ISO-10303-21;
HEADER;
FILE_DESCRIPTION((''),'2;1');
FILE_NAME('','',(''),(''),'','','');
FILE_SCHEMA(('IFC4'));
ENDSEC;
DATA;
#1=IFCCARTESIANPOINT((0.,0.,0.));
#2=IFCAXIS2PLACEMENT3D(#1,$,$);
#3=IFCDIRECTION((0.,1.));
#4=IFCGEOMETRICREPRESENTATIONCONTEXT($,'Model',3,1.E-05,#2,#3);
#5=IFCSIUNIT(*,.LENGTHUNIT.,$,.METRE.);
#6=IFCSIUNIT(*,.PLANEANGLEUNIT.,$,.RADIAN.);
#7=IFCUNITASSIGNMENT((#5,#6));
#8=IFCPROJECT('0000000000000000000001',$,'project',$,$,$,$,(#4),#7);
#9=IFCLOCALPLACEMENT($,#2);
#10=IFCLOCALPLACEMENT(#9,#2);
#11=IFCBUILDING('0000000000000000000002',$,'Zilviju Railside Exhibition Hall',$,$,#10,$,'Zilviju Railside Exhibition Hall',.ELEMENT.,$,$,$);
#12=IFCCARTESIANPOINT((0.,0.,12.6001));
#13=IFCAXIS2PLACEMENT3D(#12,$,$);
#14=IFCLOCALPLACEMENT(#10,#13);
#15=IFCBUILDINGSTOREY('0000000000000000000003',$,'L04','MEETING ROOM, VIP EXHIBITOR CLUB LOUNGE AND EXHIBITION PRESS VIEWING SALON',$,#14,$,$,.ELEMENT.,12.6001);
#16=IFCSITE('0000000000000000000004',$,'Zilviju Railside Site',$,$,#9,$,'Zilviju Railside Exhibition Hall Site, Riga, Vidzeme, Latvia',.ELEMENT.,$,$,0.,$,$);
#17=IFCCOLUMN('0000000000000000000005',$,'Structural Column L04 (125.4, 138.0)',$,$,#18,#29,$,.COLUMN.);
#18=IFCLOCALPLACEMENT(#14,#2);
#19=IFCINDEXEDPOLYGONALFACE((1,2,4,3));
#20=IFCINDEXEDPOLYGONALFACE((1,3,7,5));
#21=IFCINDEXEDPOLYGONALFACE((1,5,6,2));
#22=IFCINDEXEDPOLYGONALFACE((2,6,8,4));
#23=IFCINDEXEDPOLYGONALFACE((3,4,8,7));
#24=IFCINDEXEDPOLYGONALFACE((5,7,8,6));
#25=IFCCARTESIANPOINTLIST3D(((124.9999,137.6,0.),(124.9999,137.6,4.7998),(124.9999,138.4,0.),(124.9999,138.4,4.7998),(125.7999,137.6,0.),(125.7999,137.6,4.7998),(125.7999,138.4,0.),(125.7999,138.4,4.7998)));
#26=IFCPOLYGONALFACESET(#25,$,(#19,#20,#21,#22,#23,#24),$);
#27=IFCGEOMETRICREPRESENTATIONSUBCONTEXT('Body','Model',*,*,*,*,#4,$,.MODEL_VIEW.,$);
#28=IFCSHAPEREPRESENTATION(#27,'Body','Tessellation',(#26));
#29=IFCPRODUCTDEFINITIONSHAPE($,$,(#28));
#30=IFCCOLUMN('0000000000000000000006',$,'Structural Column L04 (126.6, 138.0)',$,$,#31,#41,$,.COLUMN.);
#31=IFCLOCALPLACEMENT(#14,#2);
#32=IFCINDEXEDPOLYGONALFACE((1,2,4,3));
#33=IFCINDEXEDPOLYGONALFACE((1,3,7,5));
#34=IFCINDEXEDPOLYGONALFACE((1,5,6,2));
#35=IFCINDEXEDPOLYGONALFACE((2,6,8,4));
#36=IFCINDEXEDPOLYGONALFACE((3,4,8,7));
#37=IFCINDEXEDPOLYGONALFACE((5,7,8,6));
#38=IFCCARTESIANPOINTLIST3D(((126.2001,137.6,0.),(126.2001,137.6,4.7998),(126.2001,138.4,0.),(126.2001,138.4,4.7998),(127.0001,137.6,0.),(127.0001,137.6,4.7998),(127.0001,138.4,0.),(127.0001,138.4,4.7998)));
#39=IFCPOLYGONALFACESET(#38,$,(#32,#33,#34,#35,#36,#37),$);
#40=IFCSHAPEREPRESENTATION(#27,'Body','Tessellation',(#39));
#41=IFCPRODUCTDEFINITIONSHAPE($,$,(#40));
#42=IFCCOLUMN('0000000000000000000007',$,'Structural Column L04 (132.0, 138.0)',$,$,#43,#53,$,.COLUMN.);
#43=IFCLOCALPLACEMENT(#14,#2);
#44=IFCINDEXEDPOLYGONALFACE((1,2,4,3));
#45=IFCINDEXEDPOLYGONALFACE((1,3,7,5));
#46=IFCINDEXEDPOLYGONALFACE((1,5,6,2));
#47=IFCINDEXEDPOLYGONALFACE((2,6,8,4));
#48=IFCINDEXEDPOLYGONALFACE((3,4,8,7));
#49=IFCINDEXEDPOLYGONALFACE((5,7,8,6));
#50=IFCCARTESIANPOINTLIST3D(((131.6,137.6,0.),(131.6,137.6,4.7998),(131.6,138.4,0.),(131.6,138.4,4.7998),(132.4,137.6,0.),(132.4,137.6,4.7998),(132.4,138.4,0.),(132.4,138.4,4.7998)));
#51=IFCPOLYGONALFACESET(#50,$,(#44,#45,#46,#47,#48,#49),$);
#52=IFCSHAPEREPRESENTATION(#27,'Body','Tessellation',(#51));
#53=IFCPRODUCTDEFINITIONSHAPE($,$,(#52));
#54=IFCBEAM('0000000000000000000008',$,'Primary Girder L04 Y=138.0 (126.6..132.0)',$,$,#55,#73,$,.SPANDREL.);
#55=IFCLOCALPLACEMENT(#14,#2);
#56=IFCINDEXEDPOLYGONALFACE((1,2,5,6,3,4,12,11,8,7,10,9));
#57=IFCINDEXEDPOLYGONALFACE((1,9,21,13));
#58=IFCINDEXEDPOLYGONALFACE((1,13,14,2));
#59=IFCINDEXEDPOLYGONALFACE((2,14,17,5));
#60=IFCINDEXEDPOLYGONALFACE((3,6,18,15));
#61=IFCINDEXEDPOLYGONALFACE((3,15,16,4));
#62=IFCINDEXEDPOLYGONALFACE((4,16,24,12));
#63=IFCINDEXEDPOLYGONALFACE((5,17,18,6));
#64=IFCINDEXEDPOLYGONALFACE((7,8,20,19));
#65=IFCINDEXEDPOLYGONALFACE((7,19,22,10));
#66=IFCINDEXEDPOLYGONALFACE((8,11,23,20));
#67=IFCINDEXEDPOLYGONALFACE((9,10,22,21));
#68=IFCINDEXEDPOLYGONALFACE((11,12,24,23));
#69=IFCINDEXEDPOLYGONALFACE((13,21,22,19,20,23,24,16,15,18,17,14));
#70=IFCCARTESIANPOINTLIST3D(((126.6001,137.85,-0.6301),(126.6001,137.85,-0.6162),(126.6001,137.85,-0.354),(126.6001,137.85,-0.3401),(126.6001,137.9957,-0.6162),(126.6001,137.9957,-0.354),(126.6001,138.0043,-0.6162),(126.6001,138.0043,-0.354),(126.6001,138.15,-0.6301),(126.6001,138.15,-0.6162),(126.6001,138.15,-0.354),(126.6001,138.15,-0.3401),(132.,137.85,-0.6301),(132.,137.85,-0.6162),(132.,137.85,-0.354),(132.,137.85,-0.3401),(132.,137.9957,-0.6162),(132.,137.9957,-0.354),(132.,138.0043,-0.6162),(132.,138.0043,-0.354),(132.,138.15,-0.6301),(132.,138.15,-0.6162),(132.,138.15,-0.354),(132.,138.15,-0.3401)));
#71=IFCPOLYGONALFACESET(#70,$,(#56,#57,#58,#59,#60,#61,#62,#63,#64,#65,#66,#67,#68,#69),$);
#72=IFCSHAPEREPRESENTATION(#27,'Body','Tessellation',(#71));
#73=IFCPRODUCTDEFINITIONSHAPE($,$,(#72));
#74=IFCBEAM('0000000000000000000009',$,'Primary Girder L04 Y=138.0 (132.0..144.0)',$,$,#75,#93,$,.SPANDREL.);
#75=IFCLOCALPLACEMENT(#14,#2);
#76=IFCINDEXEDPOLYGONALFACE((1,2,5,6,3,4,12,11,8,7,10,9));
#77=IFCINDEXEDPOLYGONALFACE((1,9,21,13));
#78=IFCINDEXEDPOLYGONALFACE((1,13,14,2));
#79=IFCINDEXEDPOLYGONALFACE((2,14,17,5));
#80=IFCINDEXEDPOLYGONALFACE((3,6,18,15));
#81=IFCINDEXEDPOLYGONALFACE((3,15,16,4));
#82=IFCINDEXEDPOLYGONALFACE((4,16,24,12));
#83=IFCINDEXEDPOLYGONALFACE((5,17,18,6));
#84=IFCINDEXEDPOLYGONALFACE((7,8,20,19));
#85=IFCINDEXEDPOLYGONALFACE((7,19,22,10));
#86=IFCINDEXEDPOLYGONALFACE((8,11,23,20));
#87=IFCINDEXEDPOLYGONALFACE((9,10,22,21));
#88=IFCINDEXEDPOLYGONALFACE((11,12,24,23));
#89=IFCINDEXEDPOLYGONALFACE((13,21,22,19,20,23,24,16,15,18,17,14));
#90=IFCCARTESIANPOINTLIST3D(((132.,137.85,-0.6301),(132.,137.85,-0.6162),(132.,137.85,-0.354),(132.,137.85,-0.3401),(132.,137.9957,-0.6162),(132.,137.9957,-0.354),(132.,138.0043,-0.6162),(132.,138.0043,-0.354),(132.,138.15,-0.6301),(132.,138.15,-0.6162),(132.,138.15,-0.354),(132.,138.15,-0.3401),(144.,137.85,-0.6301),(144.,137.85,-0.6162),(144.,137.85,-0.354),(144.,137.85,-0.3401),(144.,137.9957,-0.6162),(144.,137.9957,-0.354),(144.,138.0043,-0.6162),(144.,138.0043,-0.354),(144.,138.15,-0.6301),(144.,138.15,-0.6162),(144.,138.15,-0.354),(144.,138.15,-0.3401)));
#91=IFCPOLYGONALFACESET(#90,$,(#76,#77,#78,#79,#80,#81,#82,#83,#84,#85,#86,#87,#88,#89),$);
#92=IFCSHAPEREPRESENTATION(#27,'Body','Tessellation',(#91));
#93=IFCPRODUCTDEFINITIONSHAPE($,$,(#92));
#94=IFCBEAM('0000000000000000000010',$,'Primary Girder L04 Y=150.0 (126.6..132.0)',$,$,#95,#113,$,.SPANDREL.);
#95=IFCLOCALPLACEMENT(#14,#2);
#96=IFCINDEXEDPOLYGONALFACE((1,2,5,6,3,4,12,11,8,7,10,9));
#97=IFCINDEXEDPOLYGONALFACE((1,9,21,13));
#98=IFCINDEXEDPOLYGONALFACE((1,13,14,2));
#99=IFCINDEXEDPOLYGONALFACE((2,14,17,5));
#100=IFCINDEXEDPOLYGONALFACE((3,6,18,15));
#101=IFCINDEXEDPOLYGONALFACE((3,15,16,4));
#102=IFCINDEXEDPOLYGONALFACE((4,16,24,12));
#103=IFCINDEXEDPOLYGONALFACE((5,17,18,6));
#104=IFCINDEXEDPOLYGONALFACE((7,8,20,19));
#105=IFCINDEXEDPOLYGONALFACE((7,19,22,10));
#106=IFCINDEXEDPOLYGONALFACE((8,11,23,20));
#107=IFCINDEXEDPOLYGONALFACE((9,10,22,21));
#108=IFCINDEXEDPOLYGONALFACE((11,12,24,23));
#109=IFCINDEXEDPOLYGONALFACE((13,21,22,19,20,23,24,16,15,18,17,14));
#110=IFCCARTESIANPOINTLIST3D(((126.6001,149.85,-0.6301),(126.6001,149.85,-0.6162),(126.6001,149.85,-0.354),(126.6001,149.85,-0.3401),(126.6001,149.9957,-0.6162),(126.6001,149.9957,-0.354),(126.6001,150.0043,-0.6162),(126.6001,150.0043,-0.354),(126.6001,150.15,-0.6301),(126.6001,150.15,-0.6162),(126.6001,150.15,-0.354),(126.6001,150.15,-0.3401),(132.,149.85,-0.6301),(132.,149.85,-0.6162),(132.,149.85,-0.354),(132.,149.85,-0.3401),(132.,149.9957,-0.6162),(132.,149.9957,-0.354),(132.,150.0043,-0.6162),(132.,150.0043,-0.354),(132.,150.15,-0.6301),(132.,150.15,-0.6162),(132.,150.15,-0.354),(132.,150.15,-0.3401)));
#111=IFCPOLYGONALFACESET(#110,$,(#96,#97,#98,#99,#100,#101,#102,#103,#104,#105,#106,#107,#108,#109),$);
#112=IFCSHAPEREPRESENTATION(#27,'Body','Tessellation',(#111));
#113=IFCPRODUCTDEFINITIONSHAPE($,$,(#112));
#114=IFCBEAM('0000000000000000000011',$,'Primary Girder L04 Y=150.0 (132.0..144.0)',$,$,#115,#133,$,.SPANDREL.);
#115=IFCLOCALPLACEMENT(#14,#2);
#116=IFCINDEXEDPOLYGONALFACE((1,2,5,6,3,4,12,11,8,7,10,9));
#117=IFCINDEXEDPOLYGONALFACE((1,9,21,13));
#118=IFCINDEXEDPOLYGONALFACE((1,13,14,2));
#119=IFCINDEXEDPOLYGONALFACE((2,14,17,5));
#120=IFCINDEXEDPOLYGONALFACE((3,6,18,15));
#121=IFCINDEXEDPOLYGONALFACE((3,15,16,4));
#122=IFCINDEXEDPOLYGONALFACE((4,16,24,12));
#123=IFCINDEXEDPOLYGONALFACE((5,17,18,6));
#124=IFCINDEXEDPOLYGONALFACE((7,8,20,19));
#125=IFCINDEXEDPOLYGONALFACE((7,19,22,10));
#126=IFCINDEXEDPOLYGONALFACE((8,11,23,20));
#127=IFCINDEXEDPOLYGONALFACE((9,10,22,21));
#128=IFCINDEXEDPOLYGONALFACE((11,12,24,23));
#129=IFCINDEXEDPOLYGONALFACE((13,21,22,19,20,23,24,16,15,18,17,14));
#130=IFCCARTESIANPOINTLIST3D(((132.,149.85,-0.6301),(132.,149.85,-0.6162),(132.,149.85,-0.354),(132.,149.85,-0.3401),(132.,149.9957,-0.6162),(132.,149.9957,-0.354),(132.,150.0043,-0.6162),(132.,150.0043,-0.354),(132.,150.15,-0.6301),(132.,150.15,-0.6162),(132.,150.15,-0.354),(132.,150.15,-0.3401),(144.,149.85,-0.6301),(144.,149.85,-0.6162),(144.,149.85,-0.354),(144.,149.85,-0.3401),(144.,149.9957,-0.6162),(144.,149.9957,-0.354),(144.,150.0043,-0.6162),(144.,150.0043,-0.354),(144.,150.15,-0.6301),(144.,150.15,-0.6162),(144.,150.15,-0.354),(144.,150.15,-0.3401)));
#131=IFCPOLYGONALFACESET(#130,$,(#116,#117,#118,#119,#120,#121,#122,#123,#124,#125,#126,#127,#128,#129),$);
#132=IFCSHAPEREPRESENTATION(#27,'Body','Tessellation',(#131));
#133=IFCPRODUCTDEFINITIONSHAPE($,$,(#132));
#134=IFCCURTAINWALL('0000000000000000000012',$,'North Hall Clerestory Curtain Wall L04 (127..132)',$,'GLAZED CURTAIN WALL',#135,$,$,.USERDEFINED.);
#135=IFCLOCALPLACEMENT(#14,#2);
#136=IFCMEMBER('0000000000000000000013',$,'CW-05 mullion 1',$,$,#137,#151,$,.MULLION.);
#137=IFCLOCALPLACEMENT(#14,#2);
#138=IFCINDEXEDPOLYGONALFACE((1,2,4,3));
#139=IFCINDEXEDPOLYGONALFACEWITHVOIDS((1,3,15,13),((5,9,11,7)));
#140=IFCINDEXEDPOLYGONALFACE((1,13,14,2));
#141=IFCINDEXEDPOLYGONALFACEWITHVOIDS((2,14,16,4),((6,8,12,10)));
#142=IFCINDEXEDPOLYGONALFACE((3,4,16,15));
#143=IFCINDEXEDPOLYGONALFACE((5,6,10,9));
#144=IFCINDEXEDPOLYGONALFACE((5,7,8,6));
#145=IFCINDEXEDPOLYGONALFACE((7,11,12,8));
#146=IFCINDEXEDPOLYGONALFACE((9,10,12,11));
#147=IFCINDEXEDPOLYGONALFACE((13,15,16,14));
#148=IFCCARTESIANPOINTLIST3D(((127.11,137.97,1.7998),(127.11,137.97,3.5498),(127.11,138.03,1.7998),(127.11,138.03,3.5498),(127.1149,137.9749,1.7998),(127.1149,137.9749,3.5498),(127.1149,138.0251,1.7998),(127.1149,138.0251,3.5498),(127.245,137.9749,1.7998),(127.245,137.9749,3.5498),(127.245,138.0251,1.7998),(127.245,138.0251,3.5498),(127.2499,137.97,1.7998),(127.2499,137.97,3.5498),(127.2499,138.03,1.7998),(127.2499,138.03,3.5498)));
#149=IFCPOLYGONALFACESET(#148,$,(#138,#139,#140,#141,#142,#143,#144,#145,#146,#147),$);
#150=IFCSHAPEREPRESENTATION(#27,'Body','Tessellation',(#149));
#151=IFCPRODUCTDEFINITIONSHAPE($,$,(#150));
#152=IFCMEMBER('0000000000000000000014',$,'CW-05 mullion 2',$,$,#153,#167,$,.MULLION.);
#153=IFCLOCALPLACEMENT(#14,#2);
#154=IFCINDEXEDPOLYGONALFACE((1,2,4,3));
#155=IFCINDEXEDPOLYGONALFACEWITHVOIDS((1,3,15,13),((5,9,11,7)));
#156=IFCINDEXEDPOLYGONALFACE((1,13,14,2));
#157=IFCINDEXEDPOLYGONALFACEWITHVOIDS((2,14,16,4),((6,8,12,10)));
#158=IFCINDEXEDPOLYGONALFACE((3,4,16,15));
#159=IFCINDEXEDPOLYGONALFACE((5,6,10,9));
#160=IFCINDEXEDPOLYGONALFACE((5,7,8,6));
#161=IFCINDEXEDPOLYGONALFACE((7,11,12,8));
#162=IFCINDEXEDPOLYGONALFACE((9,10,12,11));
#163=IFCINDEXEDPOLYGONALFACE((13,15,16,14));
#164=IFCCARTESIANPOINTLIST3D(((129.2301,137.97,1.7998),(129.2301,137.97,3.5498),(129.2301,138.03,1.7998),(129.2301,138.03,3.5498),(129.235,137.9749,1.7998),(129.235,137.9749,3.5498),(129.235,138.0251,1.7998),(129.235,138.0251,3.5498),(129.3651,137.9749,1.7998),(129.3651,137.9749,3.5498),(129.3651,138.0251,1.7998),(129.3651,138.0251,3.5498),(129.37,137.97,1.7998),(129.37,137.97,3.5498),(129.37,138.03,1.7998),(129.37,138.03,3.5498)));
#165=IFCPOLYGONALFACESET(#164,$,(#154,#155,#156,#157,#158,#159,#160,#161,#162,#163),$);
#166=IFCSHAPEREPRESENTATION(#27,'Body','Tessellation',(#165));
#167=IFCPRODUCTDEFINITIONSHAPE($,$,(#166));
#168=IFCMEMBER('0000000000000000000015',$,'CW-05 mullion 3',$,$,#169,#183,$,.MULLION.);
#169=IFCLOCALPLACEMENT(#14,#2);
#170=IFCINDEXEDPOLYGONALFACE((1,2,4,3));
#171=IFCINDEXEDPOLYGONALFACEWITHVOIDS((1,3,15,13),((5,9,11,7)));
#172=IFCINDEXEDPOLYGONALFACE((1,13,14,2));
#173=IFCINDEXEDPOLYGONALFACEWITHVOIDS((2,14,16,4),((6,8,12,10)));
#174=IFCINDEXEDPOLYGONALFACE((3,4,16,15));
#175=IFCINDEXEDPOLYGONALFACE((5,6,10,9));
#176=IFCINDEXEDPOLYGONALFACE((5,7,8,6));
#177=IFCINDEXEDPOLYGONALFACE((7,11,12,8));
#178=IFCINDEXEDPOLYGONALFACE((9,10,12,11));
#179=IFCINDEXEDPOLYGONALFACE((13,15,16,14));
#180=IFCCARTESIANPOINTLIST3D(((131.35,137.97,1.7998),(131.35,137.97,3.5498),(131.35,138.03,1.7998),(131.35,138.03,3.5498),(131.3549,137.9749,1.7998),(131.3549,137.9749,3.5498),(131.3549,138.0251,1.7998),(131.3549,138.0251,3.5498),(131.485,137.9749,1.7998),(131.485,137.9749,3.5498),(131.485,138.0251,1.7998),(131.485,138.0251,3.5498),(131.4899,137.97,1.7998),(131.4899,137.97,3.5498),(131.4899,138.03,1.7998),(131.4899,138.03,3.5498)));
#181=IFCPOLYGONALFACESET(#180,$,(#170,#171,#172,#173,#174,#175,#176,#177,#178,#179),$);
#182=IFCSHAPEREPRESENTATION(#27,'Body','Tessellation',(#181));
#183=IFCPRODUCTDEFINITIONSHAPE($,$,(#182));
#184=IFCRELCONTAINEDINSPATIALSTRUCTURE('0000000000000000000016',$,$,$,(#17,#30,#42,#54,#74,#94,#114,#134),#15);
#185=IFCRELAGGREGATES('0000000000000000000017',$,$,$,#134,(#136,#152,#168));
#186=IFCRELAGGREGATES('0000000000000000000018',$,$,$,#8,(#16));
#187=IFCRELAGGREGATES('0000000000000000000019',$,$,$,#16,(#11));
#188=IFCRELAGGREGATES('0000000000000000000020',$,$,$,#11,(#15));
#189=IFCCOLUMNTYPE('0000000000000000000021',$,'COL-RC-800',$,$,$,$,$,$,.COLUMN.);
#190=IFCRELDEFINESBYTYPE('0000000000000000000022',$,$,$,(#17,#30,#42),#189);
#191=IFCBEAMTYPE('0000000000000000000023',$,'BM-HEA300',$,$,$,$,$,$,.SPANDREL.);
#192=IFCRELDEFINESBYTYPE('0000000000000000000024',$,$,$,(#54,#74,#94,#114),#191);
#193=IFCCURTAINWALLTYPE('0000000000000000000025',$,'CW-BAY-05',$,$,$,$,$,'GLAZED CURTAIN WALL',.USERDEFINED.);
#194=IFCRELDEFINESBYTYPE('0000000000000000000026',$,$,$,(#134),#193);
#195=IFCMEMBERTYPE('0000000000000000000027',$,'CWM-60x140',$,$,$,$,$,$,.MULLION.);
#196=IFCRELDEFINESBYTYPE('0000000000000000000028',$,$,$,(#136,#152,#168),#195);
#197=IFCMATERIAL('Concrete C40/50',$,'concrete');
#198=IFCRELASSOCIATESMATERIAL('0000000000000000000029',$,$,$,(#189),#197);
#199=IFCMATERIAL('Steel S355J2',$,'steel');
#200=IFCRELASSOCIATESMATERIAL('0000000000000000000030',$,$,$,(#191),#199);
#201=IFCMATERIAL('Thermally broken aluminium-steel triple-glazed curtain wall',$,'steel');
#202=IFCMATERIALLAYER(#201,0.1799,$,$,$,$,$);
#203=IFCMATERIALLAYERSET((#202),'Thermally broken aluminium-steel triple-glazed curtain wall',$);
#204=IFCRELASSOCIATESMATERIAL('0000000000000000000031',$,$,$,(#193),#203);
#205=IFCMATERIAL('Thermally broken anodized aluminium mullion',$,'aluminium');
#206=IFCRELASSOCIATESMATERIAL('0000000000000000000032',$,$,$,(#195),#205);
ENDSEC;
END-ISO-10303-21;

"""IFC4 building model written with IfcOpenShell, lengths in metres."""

from ifc_helpers import new_model, si_unit, direction, frame, origin, origin_2d, place, context, subcontext, project, spatial, rectangle, hollow_rectangle, i_section, extrude, material, layer, layer_set, material_profile, profile_set, type_object, element, aggregate, save


model = new_model("IFC4")

# Units and contexts
model_context = context("Model", 3, precision=1e-05, world=origin(), true_north=direction((0.0, 1.0)))
body_context = subcontext(model_context, "Body", "Model", "MODEL_VIEW")
ifc_project = project(units=[si_unit("LENGTHUNIT", "METRE"), si_unit("PLANEANGLEUNIT", "RADIAN")], contexts=[model_context])

# Site, building, storey
site_placement = place(None, origin())
site = spatial("IfcSite", under=ifc_project, at=site_placement, Name="Zilviju Railside Site", LongName="Zilviju Railside Exhibition Hall Site, Riga, Vidzeme, Latvia", CompositionType="ELEMENT", RefElevation=0.0)
building_placement = place(site_placement, origin())
building = spatial("IfcBuilding", under=site, at=building_placement, Name="Zilviju Railside Exhibition Hall", LongName="Zilviju Railside Exhibition Hall", CompositionType="ELEMENT")
storey_placement = place(building_placement, frame((0.0, 0.0, 12.6001)))
storey = spatial("IfcBuildingStorey", under=building, at=storey_placement, Name="L04", Description="MEETING ROOM, VIP EXHIBITOR CLUB LOUNGE AND EXHIBITION PRESS VIEWING SALON", CompositionType="ELEMENT", Elevation=12.6001)

# Columns
ifc_material_1 = material(Name="Concrete C40/50", Category="concrete")
ifc_material_profile_1 = material_profile(ifc_material_1, rectangle(XDim=0.8, YDim=0.8, at=origin_2d()), Name="RC COL 800x800")
ifc_profile_set_1 = profile_set([ifc_material_profile_1], Name="Concrete C40/50")
column_type = type_object("IfcColumnType", Name="COL-RC-800", PredefinedType="COLUMN", material=ifc_profile_set_1)
for number, where, z_axis, x_axis, name in (
    (1, (125.3999, 138.0, 0.0), (0.0, 0.0, 1.0), (1.0, 0.0, 0.0), "Structural Column L04 (125.4, 138.0)"),
    (2, (126.6001, 138.0, 0.0), (0.0, 0.0, 1.0), (1.0, 0.0, 0.0), "Structural Column L04 (126.6, 138.0)"),
    (3, (132.0, 138.0, 0.0), (0.0, 0.0, 1.0), (1.0, 0.0, 0.0), "Structural Column L04 (132.0, 138.0)"),
):
    element("IfcColumn", number, at=place(storey_placement, frame(where, z_axis=z_axis, x_axis=x_axis)), inside=storey, type_object=column_type, Name=name, PredefinedType="COLUMN", context=body_context, shape_type="SweptSolid", body=[
        extrude(rectangle(XDim=0.8, YDim=0.8, at=origin_2d()), origin(), (0.0, 0.0, 1.0), 4.7998),
    ])

# Beams
ifc_material_2 = material(Name="Steel S355J2", Category="steel")
ifc_material_profile_2 = material_profile(ifc_material_2, i_section(OverallWidth=0.3, OverallDepth=0.29, WebThickness=0.0085, FlangeThickness=0.0139, at=origin_2d()), Name="HEA 300")
ifc_profile_set_2 = profile_set([ifc_material_profile_2], Name="Steel S355J2")
beam_type = type_object("IfcBeamType", Name="BM-HEA300", PredefinedType="SPANDREL", material=ifc_profile_set_2)
beam_1_placement = place(storey_placement, frame((126.6001, 138.0, -0.4851), z_axis=(1.0, 0.0, 0.0), x_axis=(0.0, 1.0, 0.0)))
element("IfcBeam", 4, at=beam_1_placement, inside=storey, type_object=beam_type, Name="Primary Girder L04 Y=138.0 (126.6..132.0)", PredefinedType="SPANDREL", context=body_context, shape_type="SweptSolid", body=[
    extrude(i_section(OverallWidth=0.3, OverallDepth=0.29, WebThickness=0.0085, FlangeThickness=0.0139, at=origin_2d()), origin(), (0.0, 0.0, 1.0), 5.3999),
])
beam_2_placement = place(storey_placement, frame((132.0, 138.0, -0.4851), z_axis=(1.0, 0.0, 0.0), x_axis=(0.0, 1.0, 0.0)))
element("IfcBeam", 5, at=beam_2_placement, inside=storey, type_object=beam_type, Name="Primary Girder L04 Y=138.0 (132.0..144.0)", PredefinedType="SPANDREL", context=body_context, shape_type="SweptSolid", body=[
    extrude(i_section(OverallWidth=0.3, OverallDepth=0.29, WebThickness=0.0085, FlangeThickness=0.0139, at=origin_2d()), origin(), (0.0, 0.0, 1.0), 12.0),
])
beam_3_placement = place(storey_placement, frame((126.6001, 150.0, -0.4851), z_axis=(1.0, 0.0, 0.0), x_axis=(0.0, 1.0, 0.0)))
element("IfcBeam", 6, at=beam_3_placement, inside=storey, type_object=beam_type, Name="Primary Girder L04 Y=150.0 (126.6..132.0)", PredefinedType="SPANDREL", context=body_context, shape_type="SweptSolid", body=[
    extrude(i_section(OverallWidth=0.3, OverallDepth=0.29, WebThickness=0.0085, FlangeThickness=0.0139, at=origin_2d()), origin(), (0.0, 0.0, 1.0), 5.3999),
])
beam_4_placement = place(storey_placement, frame((132.0, 150.0, -0.4851), z_axis=(1.0, 0.0, 0.0), x_axis=(0.0, 1.0, 0.0)))
element("IfcBeam", 7, at=beam_4_placement, inside=storey, type_object=beam_type, Name="Primary Girder L04 Y=150.0 (132.0..144.0)", PredefinedType="SPANDREL", context=body_context, shape_type="SweptSolid", body=[
    extrude(i_section(OverallWidth=0.3, OverallDepth=0.29, WebThickness=0.0085, FlangeThickness=0.0139, at=origin_2d()), origin(), (0.0, 0.0, 1.0), 12.0),
])

# Curtain wall, members
ifc_material_3 = material(Name="Thermally broken aluminium-steel triple-glazed curtain wall", Category="steel")
ifc_layer_1 = layer(ifc_material_3, 0.1799)
ifc_layer_set_1 = layer_set([ifc_layer_1], Name="Thermally broken aluminium-steel triple-glazed curtain wall")
curtain_wall_type = type_object("IfcCurtainWallType", Name="CW-BAY-05", ElementType="GLAZED CURTAIN WALL", PredefinedType="USERDEFINED", material=ifc_layer_set_1)
curtain_wall_placement = place(storey_placement, origin())
curtain_wall = element("IfcCurtainWall", 8, at=curtain_wall_placement, inside=storey, type_object=curtain_wall_type, Name="North Hall Clerestory Curtain Wall L04 (127..132)", ObjectType="GLAZED CURTAIN WALL", PredefinedType="USERDEFINED")
ifc_material_4 = material(Name="Thermally broken anodized aluminium mullion", Category="aluminium")
ifc_material_profile_3 = material_profile(ifc_material_4, hollow_rectangle(XDim=0.0601, YDim=0.1399, WallThickness=0.0049, at=origin_2d()), Name="MULLION 140x60x5")
ifc_profile_set_3 = profile_set([ifc_material_profile_3], Name="Thermally broken anodized aluminium mullion")
member_type_1 = type_object("IfcMemberType", Name="CWM-60x140", PredefinedType="MULLION", material=ifc_profile_set_3)
member_1_placement = place(storey_placement, frame((127.1799, 138.0, 1.7998), z_axis=(0.0, 0.0, 1.0), x_axis=(0.0, 1.0, 0.0)))
member_1 = element("IfcMember", 9, at=member_1_placement, type_object=member_type_1, Name="CW-05 mullion 1", PredefinedType="MULLION", context=body_context, shape_type="SweptSolid", body=[
    extrude(hollow_rectangle(XDim=0.0601, YDim=0.1399, WallThickness=0.0049, at=origin_2d()), origin(), (0.0, 0.0, 1.0), 1.75),
])
member_2_placement = place(storey_placement, frame((129.3, 138.0, 1.7998), z_axis=(0.0, 0.0, 1.0), x_axis=(0.0, 1.0, 0.0)))
member_2 = element("IfcMember", 10, at=member_2_placement, type_object=member_type_1, Name="CW-05 mullion 2", PredefinedType="MULLION", context=body_context, shape_type="SweptSolid", body=[
    extrude(hollow_rectangle(XDim=0.0601, YDim=0.1399, WallThickness=0.0049, at=origin_2d()), origin(), (0.0, 0.0, 1.0), 1.75),
])
member_3_placement = place(storey_placement, frame((131.4199, 138.0, 1.7998), z_axis=(0.0, 0.0, 1.0), x_axis=(0.0, 1.0, 0.0)))
member_3 = element("IfcMember", 11, at=member_3_placement, type_object=member_type_1, Name="CW-05 mullion 3", PredefinedType="MULLION", context=body_context, shape_type="SweptSolid", body=[
    extrude(hollow_rectangle(XDim=0.0601, YDim=0.1399, WallThickness=0.0049, at=origin_2d()), origin(), (0.0, 0.0, 1.0), 1.75),
])
aggregate(curtain_wall, [member_1, member_2, member_3])

save(model, "model.ifc")
